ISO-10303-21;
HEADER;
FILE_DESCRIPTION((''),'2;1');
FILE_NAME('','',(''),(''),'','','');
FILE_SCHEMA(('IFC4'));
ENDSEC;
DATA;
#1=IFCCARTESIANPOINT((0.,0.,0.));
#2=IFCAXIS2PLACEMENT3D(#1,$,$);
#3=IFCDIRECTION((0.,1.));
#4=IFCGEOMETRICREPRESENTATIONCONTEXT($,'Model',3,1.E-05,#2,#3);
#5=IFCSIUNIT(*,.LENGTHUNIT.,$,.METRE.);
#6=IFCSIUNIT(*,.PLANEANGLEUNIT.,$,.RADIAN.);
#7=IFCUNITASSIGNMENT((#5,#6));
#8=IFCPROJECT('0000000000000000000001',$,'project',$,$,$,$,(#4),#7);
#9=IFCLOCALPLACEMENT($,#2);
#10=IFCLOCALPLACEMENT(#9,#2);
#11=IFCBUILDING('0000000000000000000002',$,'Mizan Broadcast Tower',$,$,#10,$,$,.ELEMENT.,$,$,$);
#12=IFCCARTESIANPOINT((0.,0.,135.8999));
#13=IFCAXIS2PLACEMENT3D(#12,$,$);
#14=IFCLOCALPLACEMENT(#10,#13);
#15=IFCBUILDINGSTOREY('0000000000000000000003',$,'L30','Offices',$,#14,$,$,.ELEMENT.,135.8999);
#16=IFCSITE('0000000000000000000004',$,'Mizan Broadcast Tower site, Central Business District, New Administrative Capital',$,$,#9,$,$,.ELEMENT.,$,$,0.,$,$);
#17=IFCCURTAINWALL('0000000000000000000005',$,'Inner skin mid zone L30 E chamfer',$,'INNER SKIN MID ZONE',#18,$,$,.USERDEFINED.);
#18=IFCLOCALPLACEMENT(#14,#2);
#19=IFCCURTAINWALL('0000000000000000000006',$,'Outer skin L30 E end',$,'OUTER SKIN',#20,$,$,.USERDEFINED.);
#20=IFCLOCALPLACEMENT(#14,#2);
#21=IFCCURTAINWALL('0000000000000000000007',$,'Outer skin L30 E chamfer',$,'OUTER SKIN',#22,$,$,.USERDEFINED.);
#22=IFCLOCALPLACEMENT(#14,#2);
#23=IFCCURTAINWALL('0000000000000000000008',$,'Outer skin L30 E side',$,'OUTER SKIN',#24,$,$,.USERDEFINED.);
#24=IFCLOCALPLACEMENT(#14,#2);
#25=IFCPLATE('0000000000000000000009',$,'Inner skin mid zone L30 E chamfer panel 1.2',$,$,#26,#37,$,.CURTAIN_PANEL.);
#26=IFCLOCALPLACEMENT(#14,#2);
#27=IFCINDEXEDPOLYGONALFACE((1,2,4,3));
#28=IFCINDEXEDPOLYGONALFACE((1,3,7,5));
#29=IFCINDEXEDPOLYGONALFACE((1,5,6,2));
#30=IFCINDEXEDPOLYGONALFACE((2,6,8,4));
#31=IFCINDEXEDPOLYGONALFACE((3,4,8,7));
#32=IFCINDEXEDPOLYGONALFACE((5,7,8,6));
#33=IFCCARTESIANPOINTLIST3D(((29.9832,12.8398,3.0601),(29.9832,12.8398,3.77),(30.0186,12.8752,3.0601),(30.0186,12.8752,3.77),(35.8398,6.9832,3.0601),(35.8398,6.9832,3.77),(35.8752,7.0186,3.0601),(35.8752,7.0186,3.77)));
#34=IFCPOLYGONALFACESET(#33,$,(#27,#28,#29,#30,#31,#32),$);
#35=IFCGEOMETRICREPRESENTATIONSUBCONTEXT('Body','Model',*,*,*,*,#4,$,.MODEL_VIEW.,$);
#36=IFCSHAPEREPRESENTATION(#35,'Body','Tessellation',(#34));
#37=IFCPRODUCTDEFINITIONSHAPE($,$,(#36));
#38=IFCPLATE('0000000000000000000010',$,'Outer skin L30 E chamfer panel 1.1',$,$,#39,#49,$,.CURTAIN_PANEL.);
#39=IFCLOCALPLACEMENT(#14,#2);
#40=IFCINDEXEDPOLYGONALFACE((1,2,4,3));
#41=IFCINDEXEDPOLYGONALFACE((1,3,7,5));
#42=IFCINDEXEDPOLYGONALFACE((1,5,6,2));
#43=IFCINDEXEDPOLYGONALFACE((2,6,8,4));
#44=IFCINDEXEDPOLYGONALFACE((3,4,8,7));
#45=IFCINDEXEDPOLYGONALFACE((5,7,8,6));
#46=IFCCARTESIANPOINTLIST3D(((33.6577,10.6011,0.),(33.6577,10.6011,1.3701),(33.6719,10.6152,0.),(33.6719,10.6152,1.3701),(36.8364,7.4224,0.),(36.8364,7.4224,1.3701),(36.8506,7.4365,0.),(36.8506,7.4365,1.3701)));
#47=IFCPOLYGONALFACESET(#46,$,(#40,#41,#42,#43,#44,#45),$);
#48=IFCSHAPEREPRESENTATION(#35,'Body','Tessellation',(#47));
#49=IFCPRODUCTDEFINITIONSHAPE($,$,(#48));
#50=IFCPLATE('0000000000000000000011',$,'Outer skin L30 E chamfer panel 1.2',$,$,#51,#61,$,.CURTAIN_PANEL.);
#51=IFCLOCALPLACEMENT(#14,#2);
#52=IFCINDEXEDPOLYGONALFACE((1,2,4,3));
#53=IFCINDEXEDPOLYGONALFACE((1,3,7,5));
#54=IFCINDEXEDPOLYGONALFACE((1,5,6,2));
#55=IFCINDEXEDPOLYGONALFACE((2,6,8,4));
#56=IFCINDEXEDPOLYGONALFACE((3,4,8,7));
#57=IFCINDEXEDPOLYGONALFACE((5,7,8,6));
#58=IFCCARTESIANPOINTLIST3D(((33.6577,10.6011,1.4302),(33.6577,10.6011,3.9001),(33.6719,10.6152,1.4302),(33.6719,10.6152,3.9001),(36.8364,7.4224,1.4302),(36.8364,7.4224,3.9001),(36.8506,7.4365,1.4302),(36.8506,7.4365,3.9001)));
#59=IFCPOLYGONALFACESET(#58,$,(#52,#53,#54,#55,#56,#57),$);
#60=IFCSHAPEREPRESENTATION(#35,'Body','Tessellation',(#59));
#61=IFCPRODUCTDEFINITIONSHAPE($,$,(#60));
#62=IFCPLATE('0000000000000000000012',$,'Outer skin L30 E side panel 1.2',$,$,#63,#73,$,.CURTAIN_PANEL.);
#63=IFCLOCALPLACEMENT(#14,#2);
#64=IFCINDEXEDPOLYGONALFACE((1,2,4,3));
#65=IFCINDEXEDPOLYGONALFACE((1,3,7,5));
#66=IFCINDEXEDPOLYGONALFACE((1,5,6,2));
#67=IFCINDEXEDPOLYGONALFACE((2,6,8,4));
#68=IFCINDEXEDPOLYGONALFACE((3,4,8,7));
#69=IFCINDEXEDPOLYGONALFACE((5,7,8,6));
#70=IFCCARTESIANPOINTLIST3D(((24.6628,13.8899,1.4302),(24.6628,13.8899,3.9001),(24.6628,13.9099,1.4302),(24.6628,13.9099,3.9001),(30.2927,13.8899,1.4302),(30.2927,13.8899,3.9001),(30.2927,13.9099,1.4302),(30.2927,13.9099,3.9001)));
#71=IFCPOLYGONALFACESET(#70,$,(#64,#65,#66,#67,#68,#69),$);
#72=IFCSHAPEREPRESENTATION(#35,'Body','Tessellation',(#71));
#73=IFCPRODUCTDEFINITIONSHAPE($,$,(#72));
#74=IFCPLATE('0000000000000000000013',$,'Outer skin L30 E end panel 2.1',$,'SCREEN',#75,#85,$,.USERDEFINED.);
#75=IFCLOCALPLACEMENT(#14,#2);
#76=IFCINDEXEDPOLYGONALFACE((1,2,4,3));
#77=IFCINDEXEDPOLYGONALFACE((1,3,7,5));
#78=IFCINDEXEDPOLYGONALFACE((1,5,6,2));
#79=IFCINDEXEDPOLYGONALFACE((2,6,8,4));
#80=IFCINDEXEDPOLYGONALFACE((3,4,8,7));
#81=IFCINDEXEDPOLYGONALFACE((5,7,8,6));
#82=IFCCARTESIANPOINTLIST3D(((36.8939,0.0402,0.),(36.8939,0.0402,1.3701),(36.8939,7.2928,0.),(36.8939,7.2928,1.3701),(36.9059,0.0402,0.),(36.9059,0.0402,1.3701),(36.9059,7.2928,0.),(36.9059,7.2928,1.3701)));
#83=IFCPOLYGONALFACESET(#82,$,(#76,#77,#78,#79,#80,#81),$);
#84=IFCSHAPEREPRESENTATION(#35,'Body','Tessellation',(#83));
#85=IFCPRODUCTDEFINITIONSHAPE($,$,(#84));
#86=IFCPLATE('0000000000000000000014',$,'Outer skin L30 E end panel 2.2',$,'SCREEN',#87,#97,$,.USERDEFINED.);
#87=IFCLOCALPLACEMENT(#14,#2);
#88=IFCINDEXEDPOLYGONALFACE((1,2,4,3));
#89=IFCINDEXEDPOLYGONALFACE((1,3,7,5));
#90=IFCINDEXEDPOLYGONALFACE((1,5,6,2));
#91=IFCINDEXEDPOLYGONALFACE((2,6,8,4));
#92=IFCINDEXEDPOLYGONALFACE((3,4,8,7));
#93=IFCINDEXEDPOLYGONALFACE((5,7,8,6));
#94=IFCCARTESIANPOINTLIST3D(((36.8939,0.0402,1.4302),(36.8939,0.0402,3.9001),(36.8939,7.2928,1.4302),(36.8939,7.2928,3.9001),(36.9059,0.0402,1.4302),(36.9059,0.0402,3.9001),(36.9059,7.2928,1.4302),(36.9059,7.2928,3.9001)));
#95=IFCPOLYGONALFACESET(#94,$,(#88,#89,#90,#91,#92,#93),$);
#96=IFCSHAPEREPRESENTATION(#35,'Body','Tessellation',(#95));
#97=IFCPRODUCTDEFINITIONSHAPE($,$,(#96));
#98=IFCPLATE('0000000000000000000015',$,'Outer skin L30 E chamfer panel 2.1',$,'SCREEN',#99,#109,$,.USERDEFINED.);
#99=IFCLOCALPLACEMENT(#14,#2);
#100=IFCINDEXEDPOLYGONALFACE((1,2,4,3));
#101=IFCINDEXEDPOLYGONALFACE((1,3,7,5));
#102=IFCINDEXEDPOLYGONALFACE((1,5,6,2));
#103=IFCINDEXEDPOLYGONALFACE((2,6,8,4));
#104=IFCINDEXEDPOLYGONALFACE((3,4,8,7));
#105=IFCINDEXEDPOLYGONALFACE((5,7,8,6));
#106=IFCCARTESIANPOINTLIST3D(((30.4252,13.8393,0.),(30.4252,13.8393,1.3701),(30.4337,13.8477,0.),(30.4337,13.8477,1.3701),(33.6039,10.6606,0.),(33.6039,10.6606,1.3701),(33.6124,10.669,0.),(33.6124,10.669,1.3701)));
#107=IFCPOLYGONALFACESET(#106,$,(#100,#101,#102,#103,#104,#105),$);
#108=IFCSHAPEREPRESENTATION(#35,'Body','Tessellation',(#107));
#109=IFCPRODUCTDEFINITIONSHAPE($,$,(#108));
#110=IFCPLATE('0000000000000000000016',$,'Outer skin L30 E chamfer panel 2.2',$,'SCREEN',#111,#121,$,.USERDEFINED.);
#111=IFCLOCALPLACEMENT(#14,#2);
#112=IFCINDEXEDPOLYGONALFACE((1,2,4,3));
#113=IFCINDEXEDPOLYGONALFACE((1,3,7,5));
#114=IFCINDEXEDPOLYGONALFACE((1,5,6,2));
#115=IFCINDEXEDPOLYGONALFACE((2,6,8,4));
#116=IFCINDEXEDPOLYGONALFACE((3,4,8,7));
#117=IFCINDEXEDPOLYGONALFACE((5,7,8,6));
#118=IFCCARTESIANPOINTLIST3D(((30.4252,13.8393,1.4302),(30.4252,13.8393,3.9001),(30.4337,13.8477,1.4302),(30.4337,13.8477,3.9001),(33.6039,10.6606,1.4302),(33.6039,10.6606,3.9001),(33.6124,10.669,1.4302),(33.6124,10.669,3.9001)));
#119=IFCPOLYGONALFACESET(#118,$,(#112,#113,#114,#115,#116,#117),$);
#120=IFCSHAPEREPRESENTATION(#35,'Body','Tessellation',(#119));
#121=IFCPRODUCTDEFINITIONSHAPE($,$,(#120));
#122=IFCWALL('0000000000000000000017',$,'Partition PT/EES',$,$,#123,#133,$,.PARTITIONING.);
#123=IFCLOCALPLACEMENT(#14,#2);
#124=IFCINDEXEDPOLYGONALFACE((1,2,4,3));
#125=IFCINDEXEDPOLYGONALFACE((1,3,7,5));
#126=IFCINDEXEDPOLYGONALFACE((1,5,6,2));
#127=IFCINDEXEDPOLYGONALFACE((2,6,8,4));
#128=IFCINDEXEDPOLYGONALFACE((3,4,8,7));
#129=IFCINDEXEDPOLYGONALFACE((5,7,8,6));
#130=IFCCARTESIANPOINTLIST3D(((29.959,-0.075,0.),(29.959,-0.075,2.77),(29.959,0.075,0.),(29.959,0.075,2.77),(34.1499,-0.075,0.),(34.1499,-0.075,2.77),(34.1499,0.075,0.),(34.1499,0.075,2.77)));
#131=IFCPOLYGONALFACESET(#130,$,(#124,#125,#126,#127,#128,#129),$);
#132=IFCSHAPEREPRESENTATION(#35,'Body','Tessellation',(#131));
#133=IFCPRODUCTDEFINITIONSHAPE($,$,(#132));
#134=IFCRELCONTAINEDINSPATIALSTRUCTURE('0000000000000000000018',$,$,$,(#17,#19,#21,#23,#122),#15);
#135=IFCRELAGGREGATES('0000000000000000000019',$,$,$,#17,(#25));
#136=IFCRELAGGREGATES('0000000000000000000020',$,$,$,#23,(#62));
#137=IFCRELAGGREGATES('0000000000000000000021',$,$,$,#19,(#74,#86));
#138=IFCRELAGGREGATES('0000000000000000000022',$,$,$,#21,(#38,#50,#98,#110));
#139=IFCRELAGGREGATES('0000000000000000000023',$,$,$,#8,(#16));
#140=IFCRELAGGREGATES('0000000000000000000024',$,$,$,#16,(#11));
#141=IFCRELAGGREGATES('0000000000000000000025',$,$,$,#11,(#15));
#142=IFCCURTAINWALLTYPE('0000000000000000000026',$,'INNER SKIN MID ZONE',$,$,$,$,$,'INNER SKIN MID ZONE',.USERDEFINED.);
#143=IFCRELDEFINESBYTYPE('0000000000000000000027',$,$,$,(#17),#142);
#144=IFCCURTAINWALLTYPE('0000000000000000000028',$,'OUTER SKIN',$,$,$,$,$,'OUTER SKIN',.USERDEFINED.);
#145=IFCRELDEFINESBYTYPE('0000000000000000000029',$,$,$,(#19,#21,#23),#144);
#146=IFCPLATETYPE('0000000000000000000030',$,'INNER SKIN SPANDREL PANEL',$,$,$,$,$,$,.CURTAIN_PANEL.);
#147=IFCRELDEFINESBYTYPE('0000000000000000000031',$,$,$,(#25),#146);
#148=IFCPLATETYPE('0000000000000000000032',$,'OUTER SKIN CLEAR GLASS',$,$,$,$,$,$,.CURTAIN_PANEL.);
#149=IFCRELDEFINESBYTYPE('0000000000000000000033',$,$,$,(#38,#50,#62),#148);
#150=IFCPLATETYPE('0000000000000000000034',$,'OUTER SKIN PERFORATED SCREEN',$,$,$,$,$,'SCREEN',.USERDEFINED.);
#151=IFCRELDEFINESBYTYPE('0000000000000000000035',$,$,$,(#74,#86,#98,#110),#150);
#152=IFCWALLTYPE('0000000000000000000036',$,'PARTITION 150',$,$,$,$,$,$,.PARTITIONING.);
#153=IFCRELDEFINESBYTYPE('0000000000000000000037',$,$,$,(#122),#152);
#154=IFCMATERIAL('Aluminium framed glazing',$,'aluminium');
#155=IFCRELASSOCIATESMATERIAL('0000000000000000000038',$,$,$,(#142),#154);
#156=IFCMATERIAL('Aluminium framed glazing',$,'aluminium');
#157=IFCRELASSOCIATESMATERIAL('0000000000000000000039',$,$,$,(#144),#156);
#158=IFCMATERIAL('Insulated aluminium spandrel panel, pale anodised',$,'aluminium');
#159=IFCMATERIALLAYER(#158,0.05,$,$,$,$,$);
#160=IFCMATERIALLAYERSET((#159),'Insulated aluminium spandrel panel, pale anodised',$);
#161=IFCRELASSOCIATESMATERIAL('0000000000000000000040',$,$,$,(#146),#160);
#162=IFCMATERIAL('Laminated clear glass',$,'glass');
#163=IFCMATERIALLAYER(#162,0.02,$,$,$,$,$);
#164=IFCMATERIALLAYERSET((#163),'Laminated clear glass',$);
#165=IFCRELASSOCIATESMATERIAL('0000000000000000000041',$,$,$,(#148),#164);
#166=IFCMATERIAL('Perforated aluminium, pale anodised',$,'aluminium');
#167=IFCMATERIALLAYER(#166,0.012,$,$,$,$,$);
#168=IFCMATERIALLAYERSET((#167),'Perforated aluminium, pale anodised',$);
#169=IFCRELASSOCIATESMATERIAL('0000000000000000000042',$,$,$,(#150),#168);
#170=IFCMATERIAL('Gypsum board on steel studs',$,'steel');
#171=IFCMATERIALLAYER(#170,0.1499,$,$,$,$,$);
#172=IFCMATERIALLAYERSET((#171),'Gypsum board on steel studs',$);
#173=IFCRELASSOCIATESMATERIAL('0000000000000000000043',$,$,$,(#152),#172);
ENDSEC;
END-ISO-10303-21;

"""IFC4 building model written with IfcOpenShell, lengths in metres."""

from ifc_helpers import new_model, si_unit, direction, frame, frame_2d, origin, origin_2d, place, context, subcontext, project, spatial, rectangle, extrude, material, layer, layer_set, type_object, element, aggregate, save


model = new_model("IFC4")

# Units and contexts
model_context = context("Model", 3, precision=1e-05, world=origin(), true_north=direction((0.0, 1.0)))
body_context = subcontext(model_context, "Body", "Model", "MODEL_VIEW")
ifc_project = project(units=[si_unit("LENGTHUNIT", "METRE"), si_unit("PLANEANGLEUNIT", "RADIAN")], contexts=[model_context])

# Site, building, storey
site_placement = place(None, origin())
site = spatial("IfcSite", under=ifc_project, at=site_placement, Name="Mizan Broadcast Tower site, Central Business District, New Administrative Capital", CompositionType="ELEMENT", RefElevation=0.0)
building_placement = place(site_placement, origin())
building = spatial("IfcBuilding", under=site, at=building_placement, Name="Mizan Broadcast Tower", CompositionType="ELEMENT")
storey_placement = place(building_placement, frame((0.0, 0.0, 135.8999)))
storey = spatial("IfcBuildingStorey", under=building, at=storey_placement, Name="L30", Description="Offices", CompositionType="ELEMENT", Elevation=135.8999)

# Shared definitions
ifc_material_1 = material(Name="Aluminium framed glazing", Category="aluminium")
curtain_wall_type_1 = type_object("IfcCurtainWallType", Name="INNER SKIN MID ZONE", ElementType="INNER SKIN MID ZONE", PredefinedType="USERDEFINED", material=ifc_material_1)

# Curtain wall
curtain_wall_1_placement = place(storey_placement, origin())
curtain_wall_1 = element("IfcCurtainWall", 1, at=curtain_wall_1_placement, inside=storey, type_object=curtain_wall_type_1, Name="Inner skin mid zone L30 E chamfer", ObjectType="INNER SKIN MID ZONE", PredefinedType="USERDEFINED")

# Curtain walls
ifc_material_2 = material(Name="Aluminium framed glazing", Category="aluminium")
curtain_wall_type_2 = type_object("IfcCurtainWallType", Name="OUTER SKIN", ElementType="OUTER SKIN", PredefinedType="USERDEFINED", material=ifc_material_2)
curtain_wall_2_placement = place(storey_placement, origin())
curtain_wall_2 = element("IfcCurtainWall", 2, at=curtain_wall_2_placement, inside=storey, type_object=curtain_wall_type_2, Name="Outer skin L30 E end", ObjectType="OUTER SKIN", PredefinedType="USERDEFINED")
curtain_wall_3_placement = place(storey_placement, origin())
curtain_wall_3 = element("IfcCurtainWall", 3, at=curtain_wall_3_placement, inside=storey, type_object=curtain_wall_type_2, Name="Outer skin L30 E chamfer", ObjectType="OUTER SKIN", PredefinedType="USERDEFINED")

# Curtain wall
curtain_wall_4_placement = place(storey_placement, origin())
curtain_wall_4 = element("IfcCurtainWall", 4, at=curtain_wall_4_placement, inside=storey, type_object=curtain_wall_type_2, Name="Outer skin L30 E side", ObjectType="OUTER SKIN", PredefinedType="USERDEFINED")

# Plates
ifc_material_3 = material(Name="Insulated aluminium spandrel panel, pale anodised", Category="aluminium")
ifc_layer_1 = layer(ifc_material_3, 0.05)
ifc_layer_set_1 = layer_set([ifc_layer_1], Name="Insulated aluminium spandrel panel, pale anodised")
plate_type_1 = type_object("IfcPlateType", Name="INNER SKIN SPANDREL PANEL", PredefinedType="CURTAIN_PANEL", material=ifc_layer_set_1)
plate_1_placement = place(storey_placement, frame((32.9292, 9.9292, 3.0601), z_axis=(0.0, 0.0, 1.0), x_axis=(-0.707107, 0.707107, 0.0)))
plate_1 = element("IfcPlate", 5, at=plate_1_placement, type_object=plate_type_1, Name="Inner skin mid zone L30 E chamfer panel 1.2", PredefinedType="CURTAIN_PANEL", context=body_context, shape_type="SweptSolid", body=[
    extrude(rectangle(XDim=8.2825, YDim=0.05, at=origin_2d()), origin(), (0.0, 0.0, 1.0), 0.71),
])
aggregate(curtain_wall_1, [plate_1])
ifc_material_4 = material(Name="Laminated clear glass", Category="glass")
ifc_layer_2 = layer(ifc_material_4, 0.02)
ifc_layer_set_2 = layer_set([ifc_layer_2], Name="Laminated clear glass")
plate_type_2 = type_object("IfcPlateType", Name="OUTER SKIN CLEAR GLASS", PredefinedType="CURTAIN_PANEL", material=ifc_layer_set_2)
plate_2_placement = place(storey_placement, frame((35.2542, 9.0188, 0.0), z_axis=(0.0, 0.0, 1.0), x_axis=(-0.707107, 0.707107, 0.0)))
plate_2 = element("IfcPlate", 6, at=plate_2_placement, type_object=plate_type_2, Name="Outer skin L30 E chamfer panel 1.1", PredefinedType="CURTAIN_PANEL", context=body_context, shape_type="SweptSolid", body=[
    extrude(rectangle(XDim=4.4954, YDim=0.02, at=origin_2d()), origin(), (0.0, 0.0, 1.0), 1.3701),
])
plate_3_placement = place(storey_placement, frame((35.2542, 9.0188, 1.4302), z_axis=(0.0, 0.0, 1.0), x_axis=(-0.707107, 0.707107, 0.0)))
plate_3 = element("IfcPlate", 7, at=plate_3_placement, type_object=plate_type_2, Name="Outer skin L30 E chamfer panel 1.2", PredefinedType="CURTAIN_PANEL", context=body_context, shape_type="SweptSolid", body=[
    extrude(rectangle(XDim=4.4954, YDim=0.02, at=origin_2d()), origin(), (0.0, 0.0, 1.0), 2.47),
])
plate_4_placement = place(storey_placement, frame((27.4778, 13.8999, 1.4302), z_axis=(0.0, 0.0, 1.0), x_axis=(-1.0, 0.0, 0.0)))
plate_4 = element("IfcPlate", 8, at=plate_4_placement, type_object=plate_type_2, Name="Outer skin L30 E side panel 1.2", PredefinedType="CURTAIN_PANEL", context=body_context, shape_type="SweptSolid", body=[
    extrude(rectangle(XDim=5.6299, YDim=0.02, at=origin_2d()), origin(), (0.0, 0.0, 1.0), 2.47),
])
aggregate(curtain_wall_4, [plate_4])
ifc_material_5 = material(Name="Perforated aluminium, pale anodised", Category="aluminium")
ifc_layer_3 = layer(ifc_material_5, 0.012)
ifc_layer_set_3 = layer_set([ifc_layer_3], Name="Perforated aluminium, pale anodised")
plate_type_3 = type_object("IfcPlateType", Name="OUTER SKIN PERFORATED SCREEN", ElementType="SCREEN", PredefinedType="USERDEFINED", material=ifc_layer_set_3)
plate_5_placement = place(storey_placement, frame((36.8999, 3.6665, 0.0), z_axis=(0.0, 0.0, 1.0), x_axis=(0.0, 1.0, 0.0)))
plate_5 = element("IfcPlate", 9, at=plate_5_placement, type_object=plate_type_3, Name="Outer skin L30 E end panel 2.1", ObjectType="SCREEN", PredefinedType="USERDEFINED", context=body_context, shape_type="SweptSolid", body=[
    extrude(rectangle(XDim=7.2527, YDim=0.012, at=origin_2d()), origin(), (0.0, 0.0, 1.0), 1.3701),
])
plate_6_placement = place(storey_placement, frame((36.8999, 3.6665, 1.4302), z_axis=(0.0, 0.0, 1.0), x_axis=(0.0, 1.0, 0.0)))
plate_6 = element("IfcPlate", 10, at=plate_6_placement, type_object=plate_type_3, Name="Outer skin L30 E end panel 2.2", ObjectType="SCREEN", PredefinedType="USERDEFINED", context=body_context, shape_type="SweptSolid", body=[
    extrude(rectangle(XDim=7.2527, YDim=0.012, at=origin_2d()), origin(), (0.0, 0.0, 1.0), 2.47),
])
aggregate(curtain_wall_2, [plate_5, plate_6])
plate_7_placement = place(storey_placement, frame((32.0188, 12.2542, 0.0), z_axis=(0.0, 0.0, 1.0), x_axis=(-0.707107, 0.707107, 0.0)))
plate_7 = element("IfcPlate", 11, at=plate_7_placement, type_object=plate_type_3, Name="Outer skin L30 E chamfer panel 2.1", ObjectType="SCREEN", PredefinedType="USERDEFINED", context=body_context, shape_type="SweptSolid", body=[
    extrude(rectangle(XDim=4.4954, YDim=0.012, at=origin_2d()), origin(), (0.0, 0.0, 1.0), 1.3701),
])
plate_8_placement = place(storey_placement, frame((32.0188, 12.2542, 1.4302), z_axis=(0.0, 0.0, 1.0), x_axis=(-0.707107, 0.707107, 0.0)))
plate_8 = element("IfcPlate", 12, at=plate_8_placement, type_object=plate_type_3, Name="Outer skin L30 E chamfer panel 2.2", ObjectType="SCREEN", PredefinedType="USERDEFINED", context=body_context, shape_type="SweptSolid", body=[
    extrude(rectangle(XDim=4.4954, YDim=0.012, at=origin_2d()), origin(), (0.0, 0.0, 1.0), 2.47),
])
aggregate(curtain_wall_3, [plate_2, plate_3, plate_7, plate_8])

# Wall
ifc_material_6 = material(Name="Gypsum board on steel studs", Category="steel")
ifc_layer_4 = layer(ifc_material_6, 0.1499)
ifc_layer_set_4 = layer_set([ifc_layer_4], Name="Gypsum board on steel studs")
wall_type = type_object("IfcWallType", Name="PARTITION 150", PredefinedType="PARTITIONING", material=ifc_layer_set_4)
wall_placement = place(storey_placement, frame((29.959, 0.0, 0.0), z_axis=(0.0, 0.0, 1.0), x_axis=(1.0, 0.0, 0.0)))
element("IfcWall", 13, at=wall_placement, inside=storey, type_object=wall_type, Name="Partition PT/EES", PredefinedType="PARTITIONING", context=body_context, shape_type="SweptSolid", body=[
    extrude(rectangle(XDim=4.1909, YDim=0.1499, at=frame_2d((2.0955, 0.0))), origin(), (0.0, 0.0, 1.0), 2.77),
])

save(model, "model.ifc")
